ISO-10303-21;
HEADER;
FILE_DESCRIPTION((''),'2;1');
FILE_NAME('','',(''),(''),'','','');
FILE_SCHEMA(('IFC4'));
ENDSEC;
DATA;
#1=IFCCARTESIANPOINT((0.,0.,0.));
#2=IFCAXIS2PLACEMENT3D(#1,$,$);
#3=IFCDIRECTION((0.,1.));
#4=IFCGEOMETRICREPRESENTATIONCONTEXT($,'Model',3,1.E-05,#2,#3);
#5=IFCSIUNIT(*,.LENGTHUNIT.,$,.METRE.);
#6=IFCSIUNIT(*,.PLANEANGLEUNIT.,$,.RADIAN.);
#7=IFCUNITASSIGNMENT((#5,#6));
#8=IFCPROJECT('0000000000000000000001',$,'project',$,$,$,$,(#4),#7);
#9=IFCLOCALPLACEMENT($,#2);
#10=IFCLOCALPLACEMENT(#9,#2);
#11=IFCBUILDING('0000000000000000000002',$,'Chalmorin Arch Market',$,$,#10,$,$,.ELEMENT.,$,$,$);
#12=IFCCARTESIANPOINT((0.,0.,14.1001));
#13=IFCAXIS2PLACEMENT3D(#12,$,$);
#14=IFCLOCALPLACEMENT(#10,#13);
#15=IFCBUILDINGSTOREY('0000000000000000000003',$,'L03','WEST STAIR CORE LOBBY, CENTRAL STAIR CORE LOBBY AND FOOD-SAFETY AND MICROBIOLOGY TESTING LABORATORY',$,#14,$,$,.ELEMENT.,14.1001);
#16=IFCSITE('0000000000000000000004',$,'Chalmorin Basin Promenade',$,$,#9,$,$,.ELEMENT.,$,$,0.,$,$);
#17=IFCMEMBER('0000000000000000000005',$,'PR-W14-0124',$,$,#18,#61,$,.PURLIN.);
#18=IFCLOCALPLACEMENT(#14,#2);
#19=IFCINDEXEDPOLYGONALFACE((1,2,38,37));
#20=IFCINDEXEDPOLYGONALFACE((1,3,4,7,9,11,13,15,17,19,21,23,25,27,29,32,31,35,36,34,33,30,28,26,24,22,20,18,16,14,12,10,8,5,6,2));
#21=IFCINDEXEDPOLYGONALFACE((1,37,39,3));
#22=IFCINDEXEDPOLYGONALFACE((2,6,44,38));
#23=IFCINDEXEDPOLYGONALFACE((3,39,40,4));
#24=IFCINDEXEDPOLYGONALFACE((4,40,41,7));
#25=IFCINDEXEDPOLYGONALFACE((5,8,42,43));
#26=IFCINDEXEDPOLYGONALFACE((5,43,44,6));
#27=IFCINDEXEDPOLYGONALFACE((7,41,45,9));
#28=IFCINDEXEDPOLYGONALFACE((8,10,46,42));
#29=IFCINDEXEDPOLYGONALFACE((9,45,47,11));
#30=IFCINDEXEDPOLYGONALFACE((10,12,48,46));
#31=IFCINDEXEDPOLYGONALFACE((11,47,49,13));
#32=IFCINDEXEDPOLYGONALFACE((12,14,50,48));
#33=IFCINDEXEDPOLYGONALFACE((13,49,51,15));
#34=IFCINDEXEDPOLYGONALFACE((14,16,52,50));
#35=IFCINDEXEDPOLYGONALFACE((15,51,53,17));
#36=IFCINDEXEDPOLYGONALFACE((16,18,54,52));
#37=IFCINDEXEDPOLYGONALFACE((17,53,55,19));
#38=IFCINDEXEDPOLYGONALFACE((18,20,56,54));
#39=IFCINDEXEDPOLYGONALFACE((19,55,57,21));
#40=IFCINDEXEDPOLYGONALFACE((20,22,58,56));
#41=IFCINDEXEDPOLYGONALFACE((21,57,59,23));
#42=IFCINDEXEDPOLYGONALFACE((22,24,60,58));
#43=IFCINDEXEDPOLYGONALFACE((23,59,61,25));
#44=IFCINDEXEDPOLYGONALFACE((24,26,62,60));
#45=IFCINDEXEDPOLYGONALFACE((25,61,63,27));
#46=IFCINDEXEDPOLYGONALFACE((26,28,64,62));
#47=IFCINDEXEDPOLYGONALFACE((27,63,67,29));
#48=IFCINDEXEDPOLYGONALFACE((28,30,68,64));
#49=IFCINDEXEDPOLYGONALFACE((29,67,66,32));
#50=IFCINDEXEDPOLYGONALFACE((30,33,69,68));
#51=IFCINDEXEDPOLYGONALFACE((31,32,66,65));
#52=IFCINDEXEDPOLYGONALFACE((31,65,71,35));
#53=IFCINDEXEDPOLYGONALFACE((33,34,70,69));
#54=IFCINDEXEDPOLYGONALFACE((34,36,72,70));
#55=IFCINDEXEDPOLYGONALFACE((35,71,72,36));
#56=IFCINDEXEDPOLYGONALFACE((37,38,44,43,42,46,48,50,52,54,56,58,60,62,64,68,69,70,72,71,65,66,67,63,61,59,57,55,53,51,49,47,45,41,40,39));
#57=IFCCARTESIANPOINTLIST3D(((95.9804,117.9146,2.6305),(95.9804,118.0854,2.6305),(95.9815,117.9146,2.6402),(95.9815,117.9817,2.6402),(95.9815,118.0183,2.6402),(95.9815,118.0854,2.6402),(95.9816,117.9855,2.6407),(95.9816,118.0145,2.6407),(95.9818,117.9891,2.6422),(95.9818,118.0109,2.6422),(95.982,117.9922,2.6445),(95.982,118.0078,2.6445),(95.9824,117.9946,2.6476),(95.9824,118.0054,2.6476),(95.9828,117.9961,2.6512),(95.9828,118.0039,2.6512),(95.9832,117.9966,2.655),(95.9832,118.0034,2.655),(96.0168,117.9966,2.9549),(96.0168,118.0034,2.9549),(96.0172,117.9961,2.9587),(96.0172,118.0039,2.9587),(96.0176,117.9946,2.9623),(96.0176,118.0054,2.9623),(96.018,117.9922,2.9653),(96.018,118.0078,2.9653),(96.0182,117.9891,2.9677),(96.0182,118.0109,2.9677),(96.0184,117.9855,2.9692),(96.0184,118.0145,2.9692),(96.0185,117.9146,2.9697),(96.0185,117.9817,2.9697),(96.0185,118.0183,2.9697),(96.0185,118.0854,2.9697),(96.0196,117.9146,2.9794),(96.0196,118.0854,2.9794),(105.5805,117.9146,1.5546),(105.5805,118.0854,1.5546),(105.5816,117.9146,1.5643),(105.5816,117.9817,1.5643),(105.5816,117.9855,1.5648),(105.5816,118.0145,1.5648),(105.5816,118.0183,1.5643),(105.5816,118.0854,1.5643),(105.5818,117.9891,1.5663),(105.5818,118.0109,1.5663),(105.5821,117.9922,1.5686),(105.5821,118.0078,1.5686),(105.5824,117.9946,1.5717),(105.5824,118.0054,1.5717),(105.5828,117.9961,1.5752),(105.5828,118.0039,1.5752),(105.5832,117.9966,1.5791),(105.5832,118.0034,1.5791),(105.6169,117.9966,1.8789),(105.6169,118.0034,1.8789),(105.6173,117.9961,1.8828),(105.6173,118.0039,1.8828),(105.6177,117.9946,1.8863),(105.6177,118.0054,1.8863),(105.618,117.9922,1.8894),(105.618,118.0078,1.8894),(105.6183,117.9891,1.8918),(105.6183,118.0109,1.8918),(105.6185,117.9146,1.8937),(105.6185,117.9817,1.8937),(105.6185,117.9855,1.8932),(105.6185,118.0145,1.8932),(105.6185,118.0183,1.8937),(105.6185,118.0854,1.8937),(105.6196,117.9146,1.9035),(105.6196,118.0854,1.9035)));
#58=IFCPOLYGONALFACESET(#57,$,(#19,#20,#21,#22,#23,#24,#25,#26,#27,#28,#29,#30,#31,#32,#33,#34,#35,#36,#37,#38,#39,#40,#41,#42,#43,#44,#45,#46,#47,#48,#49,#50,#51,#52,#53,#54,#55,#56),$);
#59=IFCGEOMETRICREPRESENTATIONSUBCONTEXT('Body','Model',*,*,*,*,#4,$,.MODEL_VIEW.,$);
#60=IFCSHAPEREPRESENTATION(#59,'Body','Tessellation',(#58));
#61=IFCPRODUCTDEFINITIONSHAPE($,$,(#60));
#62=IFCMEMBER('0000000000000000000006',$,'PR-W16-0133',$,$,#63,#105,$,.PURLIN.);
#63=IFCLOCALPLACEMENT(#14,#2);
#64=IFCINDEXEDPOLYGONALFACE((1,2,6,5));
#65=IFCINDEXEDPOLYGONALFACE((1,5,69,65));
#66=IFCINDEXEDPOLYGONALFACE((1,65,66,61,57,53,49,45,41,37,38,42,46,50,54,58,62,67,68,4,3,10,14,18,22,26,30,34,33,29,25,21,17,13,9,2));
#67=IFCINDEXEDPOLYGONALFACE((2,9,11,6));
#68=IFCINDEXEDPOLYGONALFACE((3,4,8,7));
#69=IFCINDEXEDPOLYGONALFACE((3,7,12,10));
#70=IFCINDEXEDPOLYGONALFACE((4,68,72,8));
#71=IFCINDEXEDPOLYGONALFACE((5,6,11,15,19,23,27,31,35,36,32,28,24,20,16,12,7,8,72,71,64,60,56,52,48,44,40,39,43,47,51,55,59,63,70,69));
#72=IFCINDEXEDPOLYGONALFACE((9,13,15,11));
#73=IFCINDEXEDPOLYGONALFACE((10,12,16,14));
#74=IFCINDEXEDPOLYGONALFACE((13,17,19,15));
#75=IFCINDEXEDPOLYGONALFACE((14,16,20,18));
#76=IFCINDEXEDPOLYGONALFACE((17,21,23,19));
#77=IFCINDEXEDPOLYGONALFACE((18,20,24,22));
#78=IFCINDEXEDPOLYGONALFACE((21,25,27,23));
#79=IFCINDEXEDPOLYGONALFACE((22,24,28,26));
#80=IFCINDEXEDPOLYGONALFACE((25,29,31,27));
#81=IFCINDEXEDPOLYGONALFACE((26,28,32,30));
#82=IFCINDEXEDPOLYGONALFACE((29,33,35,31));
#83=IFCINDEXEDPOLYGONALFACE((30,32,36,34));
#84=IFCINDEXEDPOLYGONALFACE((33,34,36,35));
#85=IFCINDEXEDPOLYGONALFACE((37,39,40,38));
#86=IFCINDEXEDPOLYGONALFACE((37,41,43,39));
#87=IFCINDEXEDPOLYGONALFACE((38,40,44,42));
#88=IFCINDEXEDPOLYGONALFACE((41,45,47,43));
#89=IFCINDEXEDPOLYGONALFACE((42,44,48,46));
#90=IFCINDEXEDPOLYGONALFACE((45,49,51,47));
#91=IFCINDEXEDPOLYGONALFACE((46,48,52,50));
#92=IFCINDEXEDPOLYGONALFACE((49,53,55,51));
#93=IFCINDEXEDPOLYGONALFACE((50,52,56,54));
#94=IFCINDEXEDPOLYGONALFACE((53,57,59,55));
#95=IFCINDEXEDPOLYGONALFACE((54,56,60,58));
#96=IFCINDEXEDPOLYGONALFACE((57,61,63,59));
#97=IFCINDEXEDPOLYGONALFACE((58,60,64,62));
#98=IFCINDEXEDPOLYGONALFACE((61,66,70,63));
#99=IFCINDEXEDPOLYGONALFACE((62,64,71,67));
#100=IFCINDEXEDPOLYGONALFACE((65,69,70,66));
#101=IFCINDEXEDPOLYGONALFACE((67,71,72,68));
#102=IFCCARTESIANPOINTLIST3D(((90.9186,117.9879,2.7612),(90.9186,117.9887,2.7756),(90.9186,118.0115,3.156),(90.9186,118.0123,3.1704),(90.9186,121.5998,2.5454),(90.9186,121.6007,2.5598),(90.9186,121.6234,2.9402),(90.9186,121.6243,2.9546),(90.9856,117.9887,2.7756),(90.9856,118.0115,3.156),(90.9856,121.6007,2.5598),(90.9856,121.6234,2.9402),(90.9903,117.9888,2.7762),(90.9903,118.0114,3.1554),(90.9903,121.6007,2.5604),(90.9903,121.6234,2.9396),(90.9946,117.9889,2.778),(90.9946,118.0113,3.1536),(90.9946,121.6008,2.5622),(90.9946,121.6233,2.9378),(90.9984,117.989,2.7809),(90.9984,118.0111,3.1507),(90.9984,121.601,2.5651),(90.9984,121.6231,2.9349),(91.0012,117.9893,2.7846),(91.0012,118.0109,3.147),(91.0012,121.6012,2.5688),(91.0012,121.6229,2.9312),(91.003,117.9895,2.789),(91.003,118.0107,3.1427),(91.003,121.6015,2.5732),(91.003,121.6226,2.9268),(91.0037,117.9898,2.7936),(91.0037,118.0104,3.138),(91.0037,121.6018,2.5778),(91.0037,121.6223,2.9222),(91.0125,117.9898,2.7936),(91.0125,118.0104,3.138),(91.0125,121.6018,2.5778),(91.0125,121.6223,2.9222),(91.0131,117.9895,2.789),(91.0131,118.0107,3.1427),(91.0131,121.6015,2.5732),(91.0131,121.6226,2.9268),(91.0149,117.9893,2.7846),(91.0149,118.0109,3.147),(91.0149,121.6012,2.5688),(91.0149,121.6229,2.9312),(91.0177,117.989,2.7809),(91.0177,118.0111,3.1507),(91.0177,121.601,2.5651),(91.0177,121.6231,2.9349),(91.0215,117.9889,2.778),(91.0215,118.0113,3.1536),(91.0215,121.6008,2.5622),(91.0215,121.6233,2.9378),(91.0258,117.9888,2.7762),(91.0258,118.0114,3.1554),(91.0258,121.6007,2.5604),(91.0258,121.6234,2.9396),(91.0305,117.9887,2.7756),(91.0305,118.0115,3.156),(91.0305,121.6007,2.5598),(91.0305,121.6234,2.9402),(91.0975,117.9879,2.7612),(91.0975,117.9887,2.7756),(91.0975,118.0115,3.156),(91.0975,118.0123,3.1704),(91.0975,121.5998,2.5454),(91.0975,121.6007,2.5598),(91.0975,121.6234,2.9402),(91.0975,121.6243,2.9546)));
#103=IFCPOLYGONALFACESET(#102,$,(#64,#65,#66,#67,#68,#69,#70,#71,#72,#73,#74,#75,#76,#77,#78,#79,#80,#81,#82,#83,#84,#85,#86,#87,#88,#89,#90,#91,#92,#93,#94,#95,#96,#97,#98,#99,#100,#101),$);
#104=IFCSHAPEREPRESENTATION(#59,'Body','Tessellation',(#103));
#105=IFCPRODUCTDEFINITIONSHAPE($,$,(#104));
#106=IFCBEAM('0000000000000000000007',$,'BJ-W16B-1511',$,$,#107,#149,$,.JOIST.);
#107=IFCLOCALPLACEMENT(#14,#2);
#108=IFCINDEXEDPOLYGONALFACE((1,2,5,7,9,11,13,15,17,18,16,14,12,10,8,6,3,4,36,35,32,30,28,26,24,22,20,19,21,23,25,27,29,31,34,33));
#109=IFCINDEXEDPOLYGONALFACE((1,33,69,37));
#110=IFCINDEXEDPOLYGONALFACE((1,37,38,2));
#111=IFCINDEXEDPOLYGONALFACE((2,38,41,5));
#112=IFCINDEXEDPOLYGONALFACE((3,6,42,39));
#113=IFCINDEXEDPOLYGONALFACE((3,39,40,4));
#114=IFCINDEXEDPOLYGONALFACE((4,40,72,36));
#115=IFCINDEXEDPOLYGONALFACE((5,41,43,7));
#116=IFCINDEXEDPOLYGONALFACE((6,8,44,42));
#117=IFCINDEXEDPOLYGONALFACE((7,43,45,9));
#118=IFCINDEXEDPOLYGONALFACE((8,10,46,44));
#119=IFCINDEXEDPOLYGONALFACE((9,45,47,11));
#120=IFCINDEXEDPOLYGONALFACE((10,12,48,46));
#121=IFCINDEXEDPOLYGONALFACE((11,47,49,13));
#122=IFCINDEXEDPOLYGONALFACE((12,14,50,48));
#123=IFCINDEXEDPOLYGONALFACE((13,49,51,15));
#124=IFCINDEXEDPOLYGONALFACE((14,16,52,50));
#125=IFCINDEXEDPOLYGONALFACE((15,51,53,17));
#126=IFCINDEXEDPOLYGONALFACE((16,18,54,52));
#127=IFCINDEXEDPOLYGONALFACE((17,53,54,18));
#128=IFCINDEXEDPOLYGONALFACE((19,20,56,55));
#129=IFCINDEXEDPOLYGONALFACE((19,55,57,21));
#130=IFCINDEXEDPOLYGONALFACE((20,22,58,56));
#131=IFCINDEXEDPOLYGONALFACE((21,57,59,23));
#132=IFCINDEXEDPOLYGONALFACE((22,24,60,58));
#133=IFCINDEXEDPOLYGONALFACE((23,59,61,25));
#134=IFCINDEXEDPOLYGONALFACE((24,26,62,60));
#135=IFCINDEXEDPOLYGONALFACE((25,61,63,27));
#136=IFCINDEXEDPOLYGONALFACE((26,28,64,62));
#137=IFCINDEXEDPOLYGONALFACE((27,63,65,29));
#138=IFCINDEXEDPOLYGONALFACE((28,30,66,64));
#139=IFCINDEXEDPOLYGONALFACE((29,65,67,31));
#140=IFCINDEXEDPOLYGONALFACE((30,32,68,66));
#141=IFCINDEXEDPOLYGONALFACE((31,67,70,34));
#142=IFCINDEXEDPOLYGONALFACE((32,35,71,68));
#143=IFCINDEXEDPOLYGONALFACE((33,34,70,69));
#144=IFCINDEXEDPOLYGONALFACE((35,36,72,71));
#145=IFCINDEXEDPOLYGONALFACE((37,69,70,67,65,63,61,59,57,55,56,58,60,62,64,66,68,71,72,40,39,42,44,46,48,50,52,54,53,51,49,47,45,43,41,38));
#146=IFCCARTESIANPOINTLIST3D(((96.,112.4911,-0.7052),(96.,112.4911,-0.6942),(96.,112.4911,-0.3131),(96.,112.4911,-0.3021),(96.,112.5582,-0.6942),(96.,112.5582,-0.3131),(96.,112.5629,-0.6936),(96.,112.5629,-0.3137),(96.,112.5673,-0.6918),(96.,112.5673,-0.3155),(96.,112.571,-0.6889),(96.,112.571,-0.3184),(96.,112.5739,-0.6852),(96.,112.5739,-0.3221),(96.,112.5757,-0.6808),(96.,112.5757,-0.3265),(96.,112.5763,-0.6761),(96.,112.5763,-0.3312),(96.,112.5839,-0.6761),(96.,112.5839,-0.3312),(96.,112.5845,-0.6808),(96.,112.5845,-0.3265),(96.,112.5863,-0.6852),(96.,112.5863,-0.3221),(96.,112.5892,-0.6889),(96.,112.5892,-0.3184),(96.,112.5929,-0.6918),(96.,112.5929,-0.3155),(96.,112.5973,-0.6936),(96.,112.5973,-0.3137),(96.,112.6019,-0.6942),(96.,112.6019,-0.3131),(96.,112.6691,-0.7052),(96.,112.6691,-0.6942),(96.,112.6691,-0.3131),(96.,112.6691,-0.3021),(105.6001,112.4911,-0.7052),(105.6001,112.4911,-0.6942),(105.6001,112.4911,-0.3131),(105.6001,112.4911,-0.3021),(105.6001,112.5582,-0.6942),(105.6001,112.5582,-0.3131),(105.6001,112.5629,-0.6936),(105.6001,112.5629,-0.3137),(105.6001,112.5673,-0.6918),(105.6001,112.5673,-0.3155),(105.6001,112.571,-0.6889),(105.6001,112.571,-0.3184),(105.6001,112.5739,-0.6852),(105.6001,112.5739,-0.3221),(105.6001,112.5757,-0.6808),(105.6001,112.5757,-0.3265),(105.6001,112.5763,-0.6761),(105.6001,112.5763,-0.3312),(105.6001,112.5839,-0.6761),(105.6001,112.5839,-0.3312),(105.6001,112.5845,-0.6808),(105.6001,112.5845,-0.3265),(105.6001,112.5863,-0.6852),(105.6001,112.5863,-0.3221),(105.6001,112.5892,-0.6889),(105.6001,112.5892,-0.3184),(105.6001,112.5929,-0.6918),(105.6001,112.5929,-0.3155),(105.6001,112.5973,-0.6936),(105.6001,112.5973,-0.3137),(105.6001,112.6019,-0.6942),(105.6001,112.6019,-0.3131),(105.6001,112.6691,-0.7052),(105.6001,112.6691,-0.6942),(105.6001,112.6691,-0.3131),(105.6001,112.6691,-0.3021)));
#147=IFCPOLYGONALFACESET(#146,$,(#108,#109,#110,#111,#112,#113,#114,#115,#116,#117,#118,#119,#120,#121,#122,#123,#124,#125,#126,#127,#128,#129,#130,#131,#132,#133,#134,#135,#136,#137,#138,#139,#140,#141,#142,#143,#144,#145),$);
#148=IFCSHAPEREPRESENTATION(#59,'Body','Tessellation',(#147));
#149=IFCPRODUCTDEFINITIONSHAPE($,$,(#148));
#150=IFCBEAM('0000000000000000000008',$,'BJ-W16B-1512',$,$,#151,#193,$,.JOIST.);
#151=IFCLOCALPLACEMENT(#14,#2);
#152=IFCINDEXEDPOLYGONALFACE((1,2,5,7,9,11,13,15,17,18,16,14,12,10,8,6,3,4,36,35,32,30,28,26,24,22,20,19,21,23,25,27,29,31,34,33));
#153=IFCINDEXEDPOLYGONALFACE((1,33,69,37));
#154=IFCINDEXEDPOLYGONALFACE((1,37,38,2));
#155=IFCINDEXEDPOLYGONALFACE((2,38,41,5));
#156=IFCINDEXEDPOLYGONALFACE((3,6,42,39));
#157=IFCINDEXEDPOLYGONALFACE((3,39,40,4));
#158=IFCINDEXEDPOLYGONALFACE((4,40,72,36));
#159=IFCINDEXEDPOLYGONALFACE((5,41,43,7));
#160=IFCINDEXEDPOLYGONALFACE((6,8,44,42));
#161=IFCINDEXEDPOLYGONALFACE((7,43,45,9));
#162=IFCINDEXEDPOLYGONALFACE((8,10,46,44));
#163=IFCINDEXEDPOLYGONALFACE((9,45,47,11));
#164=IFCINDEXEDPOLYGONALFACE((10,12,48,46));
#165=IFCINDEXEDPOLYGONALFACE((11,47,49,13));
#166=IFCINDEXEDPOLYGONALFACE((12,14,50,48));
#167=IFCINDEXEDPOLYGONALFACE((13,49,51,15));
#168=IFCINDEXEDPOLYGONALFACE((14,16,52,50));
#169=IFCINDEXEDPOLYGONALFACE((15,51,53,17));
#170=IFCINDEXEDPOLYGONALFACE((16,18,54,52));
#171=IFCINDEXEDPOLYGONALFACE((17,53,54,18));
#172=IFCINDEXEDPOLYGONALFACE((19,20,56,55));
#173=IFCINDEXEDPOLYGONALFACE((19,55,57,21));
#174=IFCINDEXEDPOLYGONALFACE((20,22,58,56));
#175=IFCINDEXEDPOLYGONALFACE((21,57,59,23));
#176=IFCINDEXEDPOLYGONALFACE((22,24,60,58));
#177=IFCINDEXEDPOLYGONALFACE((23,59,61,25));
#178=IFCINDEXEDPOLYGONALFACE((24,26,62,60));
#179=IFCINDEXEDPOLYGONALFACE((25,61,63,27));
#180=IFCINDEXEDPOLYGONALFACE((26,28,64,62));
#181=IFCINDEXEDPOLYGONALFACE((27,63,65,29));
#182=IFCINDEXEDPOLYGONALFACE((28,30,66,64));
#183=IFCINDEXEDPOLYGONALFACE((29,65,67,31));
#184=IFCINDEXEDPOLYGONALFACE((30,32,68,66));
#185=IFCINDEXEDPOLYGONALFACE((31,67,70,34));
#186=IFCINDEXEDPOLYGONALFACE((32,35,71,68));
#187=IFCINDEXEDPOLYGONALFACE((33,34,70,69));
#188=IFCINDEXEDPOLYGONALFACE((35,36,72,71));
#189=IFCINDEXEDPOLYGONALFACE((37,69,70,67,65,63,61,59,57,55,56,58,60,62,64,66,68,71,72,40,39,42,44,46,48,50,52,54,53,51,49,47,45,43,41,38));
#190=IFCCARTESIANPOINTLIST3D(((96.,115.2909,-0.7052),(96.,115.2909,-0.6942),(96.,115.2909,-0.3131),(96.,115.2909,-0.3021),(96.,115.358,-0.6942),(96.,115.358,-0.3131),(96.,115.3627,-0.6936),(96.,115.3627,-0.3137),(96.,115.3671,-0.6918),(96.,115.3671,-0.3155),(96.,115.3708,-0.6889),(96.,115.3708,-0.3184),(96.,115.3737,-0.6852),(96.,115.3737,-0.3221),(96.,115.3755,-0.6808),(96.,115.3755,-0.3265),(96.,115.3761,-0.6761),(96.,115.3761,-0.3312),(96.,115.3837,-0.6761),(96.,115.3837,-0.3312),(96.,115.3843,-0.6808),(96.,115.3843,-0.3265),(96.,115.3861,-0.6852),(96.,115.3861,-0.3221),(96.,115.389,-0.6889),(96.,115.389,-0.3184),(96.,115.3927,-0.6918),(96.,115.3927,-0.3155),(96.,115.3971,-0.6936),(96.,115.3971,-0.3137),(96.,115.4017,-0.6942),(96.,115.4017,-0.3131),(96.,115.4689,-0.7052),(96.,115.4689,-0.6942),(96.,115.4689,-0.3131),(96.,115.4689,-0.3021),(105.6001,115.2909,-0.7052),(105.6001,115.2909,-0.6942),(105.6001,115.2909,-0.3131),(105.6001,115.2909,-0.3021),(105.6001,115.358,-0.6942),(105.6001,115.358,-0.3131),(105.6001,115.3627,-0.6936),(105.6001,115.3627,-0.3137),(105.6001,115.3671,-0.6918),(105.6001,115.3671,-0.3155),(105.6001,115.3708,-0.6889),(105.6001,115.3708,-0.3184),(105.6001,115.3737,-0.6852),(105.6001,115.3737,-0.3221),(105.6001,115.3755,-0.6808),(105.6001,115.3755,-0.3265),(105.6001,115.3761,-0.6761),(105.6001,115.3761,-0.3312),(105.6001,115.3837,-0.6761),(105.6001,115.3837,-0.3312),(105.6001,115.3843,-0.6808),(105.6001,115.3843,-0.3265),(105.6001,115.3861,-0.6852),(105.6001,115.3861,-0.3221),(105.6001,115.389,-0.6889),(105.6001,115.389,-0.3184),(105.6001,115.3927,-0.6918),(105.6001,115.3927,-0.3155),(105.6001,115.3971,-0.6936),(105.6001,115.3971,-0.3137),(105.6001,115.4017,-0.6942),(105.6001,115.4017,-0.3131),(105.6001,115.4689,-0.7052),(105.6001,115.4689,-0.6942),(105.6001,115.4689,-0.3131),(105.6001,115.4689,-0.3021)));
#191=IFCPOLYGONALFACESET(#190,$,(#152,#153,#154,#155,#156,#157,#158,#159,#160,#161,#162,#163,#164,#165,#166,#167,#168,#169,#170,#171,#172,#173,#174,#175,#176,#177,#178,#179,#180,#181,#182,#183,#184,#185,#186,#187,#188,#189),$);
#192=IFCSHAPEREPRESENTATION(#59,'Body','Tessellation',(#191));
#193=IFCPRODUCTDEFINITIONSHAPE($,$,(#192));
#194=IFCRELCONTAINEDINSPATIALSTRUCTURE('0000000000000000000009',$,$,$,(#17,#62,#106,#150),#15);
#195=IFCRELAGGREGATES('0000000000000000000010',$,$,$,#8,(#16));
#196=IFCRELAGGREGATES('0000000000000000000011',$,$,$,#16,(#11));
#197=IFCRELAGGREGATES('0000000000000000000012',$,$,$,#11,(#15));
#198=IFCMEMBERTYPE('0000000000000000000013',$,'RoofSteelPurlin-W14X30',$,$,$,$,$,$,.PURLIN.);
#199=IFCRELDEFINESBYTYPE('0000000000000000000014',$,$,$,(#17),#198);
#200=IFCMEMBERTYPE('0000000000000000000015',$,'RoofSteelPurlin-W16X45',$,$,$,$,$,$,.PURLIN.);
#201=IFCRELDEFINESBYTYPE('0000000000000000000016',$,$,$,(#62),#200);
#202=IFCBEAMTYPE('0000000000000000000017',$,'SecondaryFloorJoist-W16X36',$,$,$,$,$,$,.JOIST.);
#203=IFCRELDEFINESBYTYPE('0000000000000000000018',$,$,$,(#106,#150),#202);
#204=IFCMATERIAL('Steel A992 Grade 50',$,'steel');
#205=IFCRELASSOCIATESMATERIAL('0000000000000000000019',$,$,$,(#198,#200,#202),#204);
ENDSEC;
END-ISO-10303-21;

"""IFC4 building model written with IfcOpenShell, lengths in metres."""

from ifc_helpers import new_model, si_unit, direction, frame, origin, origin_2d, place, context, subcontext, project, spatial, i_section, extrude, material, material_profile, profile_set, type_object, element, save


model = new_model("IFC4")

# Units and contexts
model_context = context("Model", 3, precision=1e-05, world=origin(), true_north=direction((0.0, 1.0)))
body_context = subcontext(model_context, "Body", "Model", "MODEL_VIEW")
ifc_project = project(units=[si_unit("LENGTHUNIT", "METRE"), si_unit("PLANEANGLEUNIT", "RADIAN")], contexts=[model_context])

# Site, building, storey
site_placement = place(None, origin())
site = spatial("IfcSite", under=ifc_project, at=site_placement, Name="Chalmorin Basin Promenade", CompositionType="ELEMENT", RefElevation=0.0)
building_placement = place(site_placement, origin())
building = spatial("IfcBuilding", under=site, at=building_placement, Name="Chalmorin Arch Market", CompositionType="ELEMENT")
storey_placement = place(building_placement, frame((0.0, 0.0, 14.1001)))
storey = spatial("IfcBuildingStorey", under=building, at=storey_placement, Name="L03", Description="WEST STAIR CORE LOBBY, CENTRAL STAIR CORE LOBBY AND FOOD-SAFETY AND MICROBIOLOGY TESTING LABORATORY", CompositionType="ELEMENT", Elevation=14.1001)

# Shared definitions
ifc_material_1 = material(Name="Steel A992 Grade 50", Category="steel")

# Members
ifc_material_profile_1 = material_profile(ifc_material_1, i_section(OverallWidth=0.1709, OverallDepth=0.3511, WebThickness=0.0068, FlangeThickness=0.0098, FilletRadius=0.0149, at=origin_2d()), Name="W14X30")
ifc_profile_set_1 = profile_set([ifc_material_profile_1], Name="Steel A992 Grade 50")
member_type_1 = type_object("IfcMemberType", Name="RoofSteelPurlin-W14X30", PredefinedType="PURLIN", material=ifc_profile_set_1)
member_1_placement = place(storey_placement, frame((96.0, 118.0, 2.8049), z_axis=(0.993778, 0.0, -0.111377), x_axis=(0.0, 1.0, 0.0)))
element("IfcMember", 1, at=member_1_placement, inside=storey, type_object=member_type_1, Name="PR-W14-0124", PredefinedType="PURLIN", context=body_context, shape_type="SweptSolid", body=[
    extrude(i_section(OverallWidth=0.1709, OverallDepth=0.3511, WebThickness=0.0068, FlangeThickness=0.0098, FilletRadius=0.0149, at=origin_2d()), origin(), (0.0, 0.0, 1.0), 9.6602),
])
ifc_material_profile_2 = material_profile(ifc_material_1, i_section(OverallWidth=0.179, OverallDepth=0.4099, WebThickness=0.0088, FlangeThickness=0.0144, FilletRadius=0.0181, at=origin_2d()), Name="W16X45")
ifc_profile_set_2 = profile_set([ifc_material_profile_2], Name="Steel A992 Grade 50")
member_type_2 = type_object("IfcMemberType", Name="RoofSteelPurlin-W16X45", PredefinedType="PURLIN", material=ifc_profile_set_2)
member_2_placement = place(storey_placement, frame((91.0081, 121.6121, 2.75), z_axis=(0.0, -0.99822, 0.059644), x_axis=(1.0, 0.0, 0.0)))
element("IfcMember", 2, at=member_2_placement, inside=storey, type_object=member_type_2, Name="PR-W16-0133", PredefinedType="PURLIN", context=body_context, shape_type="SweptSolid", body=[
    extrude(i_section(OverallWidth=0.179, OverallDepth=0.4099, WebThickness=0.0088, FlangeThickness=0.0144, FilletRadius=0.0181, at=origin_2d()), origin(), (0.0, 0.0, 1.0), 3.6184),
])

# Beams
ifc_material_profile_3 = material_profile(ifc_material_1, i_section(OverallWidth=0.178, OverallDepth=0.4031, WebThickness=0.0076, FlangeThickness=0.011, FilletRadius=0.0181, at=origin_2d()), Name="W16X36")
ifc_profile_set_3 = profile_set([ifc_material_profile_3], Name="Steel A992 Grade 50")
beam_type_1 = type_object("IfcBeamType", Name="SecondaryFloorJoist-W16X36", PredefinedType="JOIST", material=ifc_profile_set_3)
for number, where, z_axis, x_axis, name in (
    (3, (96.0, 112.5801, -0.5037), (1.0, 0.0, 0.0), (0.0, 1.0, 0.0), "BJ-W16B-1511"),
    (4, (96.0, 115.3799, -0.5037), (1.0, 0.0, 0.0), (0.0, 1.0, 0.0), "BJ-W16B-1512"),
):
    element("IfcBeam", number, at=place(storey_placement, frame(where, z_axis=z_axis, x_axis=x_axis)), inside=storey, type_object=beam_type_1, Name=name, PredefinedType="JOIST", context=body_context, shape_type="SweptSolid", body=[
        extrude(i_section(OverallWidth=0.178, OverallDepth=0.4031, WebThickness=0.0076, FlangeThickness=0.011, FilletRadius=0.0181, at=origin_2d()), origin(), (0.0, 0.0, 1.0), 9.6001),
    ])

save(model, "model.ifc")
